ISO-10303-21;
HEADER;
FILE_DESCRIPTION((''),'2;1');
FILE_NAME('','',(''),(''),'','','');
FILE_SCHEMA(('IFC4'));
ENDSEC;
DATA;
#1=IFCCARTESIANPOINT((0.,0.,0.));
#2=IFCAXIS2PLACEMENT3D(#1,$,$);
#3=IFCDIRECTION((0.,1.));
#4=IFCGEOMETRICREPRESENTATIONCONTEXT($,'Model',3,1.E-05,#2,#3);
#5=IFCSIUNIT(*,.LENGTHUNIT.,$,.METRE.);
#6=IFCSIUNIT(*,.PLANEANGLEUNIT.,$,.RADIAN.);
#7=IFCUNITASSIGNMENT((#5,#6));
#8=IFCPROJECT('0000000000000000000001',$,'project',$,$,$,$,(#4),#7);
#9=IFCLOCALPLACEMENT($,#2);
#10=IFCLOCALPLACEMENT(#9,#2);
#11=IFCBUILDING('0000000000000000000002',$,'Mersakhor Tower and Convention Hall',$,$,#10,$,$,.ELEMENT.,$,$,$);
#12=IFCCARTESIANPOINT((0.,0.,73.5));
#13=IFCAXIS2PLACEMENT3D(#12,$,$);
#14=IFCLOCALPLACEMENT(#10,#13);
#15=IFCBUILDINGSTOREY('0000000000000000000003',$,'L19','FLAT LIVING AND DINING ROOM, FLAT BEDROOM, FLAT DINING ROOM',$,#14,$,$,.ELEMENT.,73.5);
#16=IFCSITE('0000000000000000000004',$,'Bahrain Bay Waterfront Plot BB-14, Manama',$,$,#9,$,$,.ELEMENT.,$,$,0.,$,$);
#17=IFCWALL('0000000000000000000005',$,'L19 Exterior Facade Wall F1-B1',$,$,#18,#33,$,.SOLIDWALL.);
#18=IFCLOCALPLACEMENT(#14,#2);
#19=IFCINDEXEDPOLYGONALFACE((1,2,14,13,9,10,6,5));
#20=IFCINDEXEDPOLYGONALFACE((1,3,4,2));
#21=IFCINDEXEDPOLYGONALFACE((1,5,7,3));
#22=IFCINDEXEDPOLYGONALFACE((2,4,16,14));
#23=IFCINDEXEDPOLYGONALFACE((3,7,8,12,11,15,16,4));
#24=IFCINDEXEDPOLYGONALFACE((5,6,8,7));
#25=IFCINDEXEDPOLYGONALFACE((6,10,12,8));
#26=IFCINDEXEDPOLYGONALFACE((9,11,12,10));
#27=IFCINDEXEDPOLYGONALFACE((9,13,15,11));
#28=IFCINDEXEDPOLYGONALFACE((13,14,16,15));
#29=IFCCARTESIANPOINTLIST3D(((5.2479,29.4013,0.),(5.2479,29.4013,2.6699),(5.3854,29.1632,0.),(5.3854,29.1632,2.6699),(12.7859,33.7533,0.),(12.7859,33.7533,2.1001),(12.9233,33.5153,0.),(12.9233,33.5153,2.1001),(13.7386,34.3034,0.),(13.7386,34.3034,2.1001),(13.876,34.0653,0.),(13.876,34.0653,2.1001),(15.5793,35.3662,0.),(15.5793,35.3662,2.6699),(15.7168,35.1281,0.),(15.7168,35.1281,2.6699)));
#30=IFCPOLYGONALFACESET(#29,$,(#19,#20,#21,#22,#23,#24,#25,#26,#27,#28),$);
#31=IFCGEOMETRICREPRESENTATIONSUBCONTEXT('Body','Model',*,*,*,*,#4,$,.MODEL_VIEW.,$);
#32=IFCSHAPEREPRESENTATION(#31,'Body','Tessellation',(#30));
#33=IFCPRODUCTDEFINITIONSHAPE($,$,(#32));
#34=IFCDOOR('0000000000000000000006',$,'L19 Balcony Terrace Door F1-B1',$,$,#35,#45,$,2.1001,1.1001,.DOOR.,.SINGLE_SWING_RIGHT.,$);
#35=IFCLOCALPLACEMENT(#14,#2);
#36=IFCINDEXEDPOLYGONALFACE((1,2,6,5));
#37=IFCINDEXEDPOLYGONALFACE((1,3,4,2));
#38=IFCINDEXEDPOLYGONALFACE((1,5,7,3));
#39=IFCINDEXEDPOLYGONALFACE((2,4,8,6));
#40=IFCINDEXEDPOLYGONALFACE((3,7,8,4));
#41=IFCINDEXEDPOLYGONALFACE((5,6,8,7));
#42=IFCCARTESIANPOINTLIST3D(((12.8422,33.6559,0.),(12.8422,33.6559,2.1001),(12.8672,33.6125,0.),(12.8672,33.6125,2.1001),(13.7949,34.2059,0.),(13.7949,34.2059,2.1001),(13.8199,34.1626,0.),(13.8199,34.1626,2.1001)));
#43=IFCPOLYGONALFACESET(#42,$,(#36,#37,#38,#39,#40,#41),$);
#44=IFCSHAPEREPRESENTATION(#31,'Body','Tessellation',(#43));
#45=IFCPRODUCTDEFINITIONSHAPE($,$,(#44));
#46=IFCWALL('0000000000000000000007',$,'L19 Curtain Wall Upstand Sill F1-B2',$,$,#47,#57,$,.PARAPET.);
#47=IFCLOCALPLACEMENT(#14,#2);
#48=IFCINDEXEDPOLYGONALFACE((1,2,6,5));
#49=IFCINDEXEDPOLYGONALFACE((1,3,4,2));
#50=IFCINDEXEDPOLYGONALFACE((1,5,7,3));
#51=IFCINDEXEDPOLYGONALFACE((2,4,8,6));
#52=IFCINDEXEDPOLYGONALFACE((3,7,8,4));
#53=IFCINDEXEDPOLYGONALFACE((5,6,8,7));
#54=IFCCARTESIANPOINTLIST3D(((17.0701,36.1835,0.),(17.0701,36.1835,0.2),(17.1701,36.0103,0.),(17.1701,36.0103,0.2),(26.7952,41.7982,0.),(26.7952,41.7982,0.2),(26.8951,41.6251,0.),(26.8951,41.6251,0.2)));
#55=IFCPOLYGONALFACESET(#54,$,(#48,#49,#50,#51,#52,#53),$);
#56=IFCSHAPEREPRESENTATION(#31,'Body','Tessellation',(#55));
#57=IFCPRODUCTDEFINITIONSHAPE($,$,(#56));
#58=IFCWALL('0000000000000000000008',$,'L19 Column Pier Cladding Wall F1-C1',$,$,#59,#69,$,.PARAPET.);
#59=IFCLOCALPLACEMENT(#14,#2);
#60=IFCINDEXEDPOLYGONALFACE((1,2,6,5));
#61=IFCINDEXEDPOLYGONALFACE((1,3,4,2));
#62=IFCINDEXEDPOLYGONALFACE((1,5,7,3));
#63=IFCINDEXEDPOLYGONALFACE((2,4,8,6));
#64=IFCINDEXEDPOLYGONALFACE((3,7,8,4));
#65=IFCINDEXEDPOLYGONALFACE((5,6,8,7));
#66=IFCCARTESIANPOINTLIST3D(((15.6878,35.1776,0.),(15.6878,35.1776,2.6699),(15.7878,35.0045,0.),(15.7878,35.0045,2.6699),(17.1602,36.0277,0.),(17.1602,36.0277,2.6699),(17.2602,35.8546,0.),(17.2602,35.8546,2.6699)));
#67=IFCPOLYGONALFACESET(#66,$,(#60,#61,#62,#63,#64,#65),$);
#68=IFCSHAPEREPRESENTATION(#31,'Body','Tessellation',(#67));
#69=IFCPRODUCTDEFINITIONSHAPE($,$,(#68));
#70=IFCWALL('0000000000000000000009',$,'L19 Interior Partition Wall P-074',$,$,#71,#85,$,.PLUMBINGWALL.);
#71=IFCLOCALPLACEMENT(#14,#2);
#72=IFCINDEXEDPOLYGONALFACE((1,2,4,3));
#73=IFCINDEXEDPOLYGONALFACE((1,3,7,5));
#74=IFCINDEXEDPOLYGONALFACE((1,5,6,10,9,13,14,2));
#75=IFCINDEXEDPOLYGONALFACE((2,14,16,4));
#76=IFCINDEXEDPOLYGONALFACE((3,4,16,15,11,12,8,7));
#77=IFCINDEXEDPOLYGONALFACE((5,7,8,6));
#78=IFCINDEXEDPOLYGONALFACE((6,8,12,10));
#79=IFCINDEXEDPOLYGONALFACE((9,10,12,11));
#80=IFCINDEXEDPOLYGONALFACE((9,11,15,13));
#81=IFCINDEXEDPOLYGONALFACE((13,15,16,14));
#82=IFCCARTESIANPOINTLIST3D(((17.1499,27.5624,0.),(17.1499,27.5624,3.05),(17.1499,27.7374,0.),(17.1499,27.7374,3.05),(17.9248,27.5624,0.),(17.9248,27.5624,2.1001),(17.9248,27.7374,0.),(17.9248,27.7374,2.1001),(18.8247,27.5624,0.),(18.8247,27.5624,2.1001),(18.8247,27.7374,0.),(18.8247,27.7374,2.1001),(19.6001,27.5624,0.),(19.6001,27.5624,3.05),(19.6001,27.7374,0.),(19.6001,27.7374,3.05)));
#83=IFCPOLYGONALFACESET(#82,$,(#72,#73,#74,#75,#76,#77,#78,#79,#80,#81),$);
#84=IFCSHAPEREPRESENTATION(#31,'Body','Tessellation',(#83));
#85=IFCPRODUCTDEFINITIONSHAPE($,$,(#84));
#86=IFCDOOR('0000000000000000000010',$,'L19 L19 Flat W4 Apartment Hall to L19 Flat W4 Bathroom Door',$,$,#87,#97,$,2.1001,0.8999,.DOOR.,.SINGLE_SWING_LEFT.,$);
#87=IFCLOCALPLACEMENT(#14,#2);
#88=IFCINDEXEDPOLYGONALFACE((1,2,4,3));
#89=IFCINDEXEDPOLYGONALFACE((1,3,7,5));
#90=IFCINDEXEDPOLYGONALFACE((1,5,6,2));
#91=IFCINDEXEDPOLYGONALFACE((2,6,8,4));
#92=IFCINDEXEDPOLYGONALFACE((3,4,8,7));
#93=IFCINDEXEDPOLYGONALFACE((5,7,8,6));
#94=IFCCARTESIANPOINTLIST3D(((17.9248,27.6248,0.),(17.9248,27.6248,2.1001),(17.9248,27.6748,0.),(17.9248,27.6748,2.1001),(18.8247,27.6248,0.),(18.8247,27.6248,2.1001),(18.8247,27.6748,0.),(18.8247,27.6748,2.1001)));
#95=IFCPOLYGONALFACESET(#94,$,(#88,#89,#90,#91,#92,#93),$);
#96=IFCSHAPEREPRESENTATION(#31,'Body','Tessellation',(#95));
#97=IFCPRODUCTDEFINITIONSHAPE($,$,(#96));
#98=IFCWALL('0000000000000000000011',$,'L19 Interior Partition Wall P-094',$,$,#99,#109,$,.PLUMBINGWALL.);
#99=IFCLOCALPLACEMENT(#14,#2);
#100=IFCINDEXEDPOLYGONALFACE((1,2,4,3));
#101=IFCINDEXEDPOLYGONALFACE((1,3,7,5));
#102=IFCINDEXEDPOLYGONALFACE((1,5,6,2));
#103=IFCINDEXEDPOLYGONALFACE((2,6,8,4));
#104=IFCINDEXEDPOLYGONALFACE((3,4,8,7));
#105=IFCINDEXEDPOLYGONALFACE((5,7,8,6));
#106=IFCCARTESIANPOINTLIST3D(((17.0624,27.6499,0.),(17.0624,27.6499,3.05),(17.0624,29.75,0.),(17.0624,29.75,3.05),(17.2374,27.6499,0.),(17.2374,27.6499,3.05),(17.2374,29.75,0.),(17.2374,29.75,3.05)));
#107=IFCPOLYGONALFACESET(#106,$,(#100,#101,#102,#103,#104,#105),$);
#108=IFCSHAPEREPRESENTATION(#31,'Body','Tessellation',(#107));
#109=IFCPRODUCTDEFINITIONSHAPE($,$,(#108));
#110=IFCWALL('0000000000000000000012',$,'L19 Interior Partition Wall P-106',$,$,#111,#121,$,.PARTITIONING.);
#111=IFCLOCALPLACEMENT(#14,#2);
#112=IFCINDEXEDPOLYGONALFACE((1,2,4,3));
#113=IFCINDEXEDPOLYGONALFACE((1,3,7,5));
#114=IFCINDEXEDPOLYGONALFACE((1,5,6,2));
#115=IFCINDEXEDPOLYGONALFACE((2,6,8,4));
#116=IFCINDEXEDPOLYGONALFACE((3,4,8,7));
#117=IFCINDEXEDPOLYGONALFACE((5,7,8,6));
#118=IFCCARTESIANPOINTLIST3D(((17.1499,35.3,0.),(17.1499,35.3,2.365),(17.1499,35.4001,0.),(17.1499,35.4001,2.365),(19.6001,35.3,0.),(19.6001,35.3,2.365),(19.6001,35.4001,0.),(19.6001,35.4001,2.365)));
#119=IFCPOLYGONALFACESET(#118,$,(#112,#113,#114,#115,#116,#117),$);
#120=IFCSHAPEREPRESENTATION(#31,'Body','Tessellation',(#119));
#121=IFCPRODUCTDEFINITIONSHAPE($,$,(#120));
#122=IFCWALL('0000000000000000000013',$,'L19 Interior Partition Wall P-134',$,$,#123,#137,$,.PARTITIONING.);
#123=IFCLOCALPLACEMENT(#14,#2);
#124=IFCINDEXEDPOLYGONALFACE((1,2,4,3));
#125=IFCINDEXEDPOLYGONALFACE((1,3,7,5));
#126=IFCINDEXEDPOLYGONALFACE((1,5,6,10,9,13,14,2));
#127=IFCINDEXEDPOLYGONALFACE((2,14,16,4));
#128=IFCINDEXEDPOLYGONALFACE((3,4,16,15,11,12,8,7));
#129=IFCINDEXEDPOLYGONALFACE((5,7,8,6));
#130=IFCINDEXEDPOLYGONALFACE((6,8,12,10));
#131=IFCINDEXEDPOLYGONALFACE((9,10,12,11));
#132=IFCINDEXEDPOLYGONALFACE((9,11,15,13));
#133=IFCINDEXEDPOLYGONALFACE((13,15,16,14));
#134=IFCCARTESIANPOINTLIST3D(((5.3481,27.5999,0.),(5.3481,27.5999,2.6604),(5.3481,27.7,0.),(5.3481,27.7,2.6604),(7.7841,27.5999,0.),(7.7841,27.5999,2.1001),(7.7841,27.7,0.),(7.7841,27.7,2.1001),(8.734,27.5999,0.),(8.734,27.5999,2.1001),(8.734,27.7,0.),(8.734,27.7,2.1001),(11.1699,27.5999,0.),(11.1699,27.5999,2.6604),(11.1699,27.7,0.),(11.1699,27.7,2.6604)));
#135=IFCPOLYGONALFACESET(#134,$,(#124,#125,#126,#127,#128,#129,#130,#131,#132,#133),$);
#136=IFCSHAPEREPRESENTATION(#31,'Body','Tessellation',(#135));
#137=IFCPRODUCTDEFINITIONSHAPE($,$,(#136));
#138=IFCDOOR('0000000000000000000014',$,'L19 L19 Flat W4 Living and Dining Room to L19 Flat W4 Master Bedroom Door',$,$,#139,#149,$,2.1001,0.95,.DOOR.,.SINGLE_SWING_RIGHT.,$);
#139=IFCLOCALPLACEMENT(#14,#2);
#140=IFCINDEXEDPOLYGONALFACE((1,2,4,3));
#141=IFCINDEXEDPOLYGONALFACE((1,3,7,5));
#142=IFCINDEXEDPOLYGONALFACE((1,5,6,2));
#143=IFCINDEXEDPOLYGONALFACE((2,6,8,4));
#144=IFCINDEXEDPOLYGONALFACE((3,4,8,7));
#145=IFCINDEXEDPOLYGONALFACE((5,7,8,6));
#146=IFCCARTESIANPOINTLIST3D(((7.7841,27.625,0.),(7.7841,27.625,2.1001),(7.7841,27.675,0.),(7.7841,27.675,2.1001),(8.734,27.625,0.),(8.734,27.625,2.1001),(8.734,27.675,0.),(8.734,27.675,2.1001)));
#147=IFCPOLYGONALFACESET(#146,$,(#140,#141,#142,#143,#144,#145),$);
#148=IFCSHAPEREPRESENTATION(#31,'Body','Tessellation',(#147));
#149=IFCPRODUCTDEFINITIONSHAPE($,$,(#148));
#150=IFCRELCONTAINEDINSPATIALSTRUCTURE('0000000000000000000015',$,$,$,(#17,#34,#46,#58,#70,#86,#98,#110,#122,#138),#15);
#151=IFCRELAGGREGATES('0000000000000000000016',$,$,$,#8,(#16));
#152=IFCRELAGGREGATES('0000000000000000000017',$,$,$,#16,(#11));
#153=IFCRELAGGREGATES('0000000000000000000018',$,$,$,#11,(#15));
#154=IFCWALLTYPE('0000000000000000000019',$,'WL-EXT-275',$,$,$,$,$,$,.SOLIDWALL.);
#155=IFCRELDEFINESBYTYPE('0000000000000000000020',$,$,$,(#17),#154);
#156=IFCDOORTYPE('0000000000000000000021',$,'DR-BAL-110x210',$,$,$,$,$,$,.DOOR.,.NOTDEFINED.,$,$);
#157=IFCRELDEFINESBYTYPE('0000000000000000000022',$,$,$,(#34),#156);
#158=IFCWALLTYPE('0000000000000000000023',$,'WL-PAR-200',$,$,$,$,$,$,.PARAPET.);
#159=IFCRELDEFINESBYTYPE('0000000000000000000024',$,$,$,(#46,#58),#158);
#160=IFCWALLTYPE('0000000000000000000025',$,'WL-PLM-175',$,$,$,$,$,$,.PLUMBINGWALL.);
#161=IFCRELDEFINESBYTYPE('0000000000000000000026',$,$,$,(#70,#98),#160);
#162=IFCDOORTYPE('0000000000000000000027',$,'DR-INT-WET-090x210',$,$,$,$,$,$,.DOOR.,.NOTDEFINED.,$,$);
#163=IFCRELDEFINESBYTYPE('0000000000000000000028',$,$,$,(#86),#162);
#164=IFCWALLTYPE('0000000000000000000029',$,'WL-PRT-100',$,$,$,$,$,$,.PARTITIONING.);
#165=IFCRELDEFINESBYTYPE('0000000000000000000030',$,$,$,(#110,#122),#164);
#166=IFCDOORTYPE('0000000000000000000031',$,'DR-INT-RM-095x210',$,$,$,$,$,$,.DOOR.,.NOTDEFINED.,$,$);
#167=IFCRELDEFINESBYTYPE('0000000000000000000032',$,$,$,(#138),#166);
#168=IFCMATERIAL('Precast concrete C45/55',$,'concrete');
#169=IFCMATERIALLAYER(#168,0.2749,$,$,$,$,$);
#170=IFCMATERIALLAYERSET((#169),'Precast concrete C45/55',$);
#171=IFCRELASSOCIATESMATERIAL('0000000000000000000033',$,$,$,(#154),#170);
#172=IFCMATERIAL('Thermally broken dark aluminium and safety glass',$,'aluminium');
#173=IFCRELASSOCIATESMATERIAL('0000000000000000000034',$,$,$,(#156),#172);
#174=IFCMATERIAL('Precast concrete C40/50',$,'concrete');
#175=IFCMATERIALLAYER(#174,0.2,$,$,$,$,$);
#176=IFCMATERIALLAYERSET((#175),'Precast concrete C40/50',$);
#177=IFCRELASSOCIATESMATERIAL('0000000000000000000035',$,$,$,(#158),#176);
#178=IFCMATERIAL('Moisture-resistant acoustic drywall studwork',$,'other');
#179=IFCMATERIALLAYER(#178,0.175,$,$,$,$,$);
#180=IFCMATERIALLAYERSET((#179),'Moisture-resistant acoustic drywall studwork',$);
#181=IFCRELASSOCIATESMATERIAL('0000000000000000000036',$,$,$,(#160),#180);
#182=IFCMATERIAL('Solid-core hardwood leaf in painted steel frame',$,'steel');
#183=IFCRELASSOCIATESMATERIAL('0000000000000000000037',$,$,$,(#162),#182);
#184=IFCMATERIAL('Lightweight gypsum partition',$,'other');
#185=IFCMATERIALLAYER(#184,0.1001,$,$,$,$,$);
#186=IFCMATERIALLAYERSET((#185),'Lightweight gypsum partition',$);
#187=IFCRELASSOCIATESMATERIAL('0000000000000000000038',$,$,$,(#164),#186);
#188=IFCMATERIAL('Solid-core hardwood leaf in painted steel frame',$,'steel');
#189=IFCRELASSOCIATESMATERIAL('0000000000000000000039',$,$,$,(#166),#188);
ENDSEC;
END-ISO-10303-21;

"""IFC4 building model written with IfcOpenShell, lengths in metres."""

from ifc_helpers import new_model, si_unit, direction, frame, frame_2d, origin, place, context, subcontext, project, spatial, rectangle, extrude, material, layer, layer_set, type_object, element, fill, save


model = new_model("IFC4")

# Units and contexts
model_context = context("Model", 3, precision=1e-05, world=origin(), true_north=direction((0.0, 1.0)))
body_context = subcontext(model_context, "Body", "Model", "MODEL_VIEW")
ifc_project = project(units=[si_unit("LENGTHUNIT", "METRE"), si_unit("PLANEANGLEUNIT", "RADIAN")], contexts=[model_context])

# Site, building, storey
site_placement = place(None, origin())
site = spatial("IfcSite", under=ifc_project, at=site_placement, Name="Bahrain Bay Waterfront Plot BB-14, Manama", CompositionType="ELEMENT", RefElevation=0.0)
building_placement = place(site_placement, origin())
building = spatial("IfcBuilding", under=site, at=building_placement, Name="Mersakhor Tower and Convention Hall", CompositionType="ELEMENT")
storey_placement = place(building_placement, frame((0.0, 0.0, 73.5)))
storey = spatial("IfcBuildingStorey", under=building, at=storey_placement, Name="L19", Description="FLAT LIVING AND DINING ROOM, FLAT BEDROOM, FLAT DINING ROOM", CompositionType="ELEMENT", Elevation=73.5)

# Wall, opening, door
ifc_material_1 = material(Name="Precast concrete C45/55", Category="concrete")
ifc_layer_1 = layer(ifc_material_1, 0.2749)
ifc_layer_set_1 = layer_set([ifc_layer_1], Name="Precast concrete C45/55")
wall_type_1 = type_object("IfcWallType", Name="WL-EXT-275", PredefinedType="SOLIDWALL", material=ifc_layer_set_1)
wall_1_placement = place(storey_placement, frame((5.3167, 29.2822, 0.0), z_axis=(0.0, 0.0, 1.0), x_axis=(0.866023, 0.500004, 0.0)))
wall_1 = element("IfcWall", 1, at=wall_1_placement, inside=storey, type_object=wall_type_1, Name="L19 Exterior Facade Wall F1-B1", PredefinedType="SOLIDWALL", context=body_context, shape_type="SweptSolid", body=[
    extrude(rectangle(XDim=11.9297, YDim=0.2749, at=frame_2d((5.9648, 0.0))), origin(), (0.0, 0.0, 1.0), 2.6699),
])
opening_1_placement = place(wall_1_placement, frame((8.7041, 0.0, 0.0)))
opening_1 = element("IfcOpeningElement", 2, at=opening_1_placement, cuts=wall_1, PredefinedType="OPENING", context=body_context, shape_type="SweptSolid", body=[
    extrude(rectangle(XDim=1.1001, YDim=2.1001, at=frame_2d((0.55, 1.05))), frame((0.0, 0.1475, 0.0), z_axis=(0.0, -1.0, 0.0), x_axis=(1.0, 0.0, 0.0)), (0.0, 0.0, 1.0), 0.2949),
])
ifc_material_2 = material(Name="Thermally broken dark aluminium and safety glass", Category="aluminium")
door_type_1 = type_object("IfcDoorType", Name="DR-BAL-110x210", OperationType="NOTDEFINED", PredefinedType="DOOR", material=ifc_material_2)
door_1_placement = place(opening_1_placement, origin())
door_1 = element("IfcDoor", 3, at=door_1_placement, inside=storey, type_object=door_type_1, Name="L19 Balcony Terrace Door F1-B1", OperationType="SINGLE_SWING_RIGHT", OverallHeight=2.1001, OverallWidth=1.1001, PredefinedType="DOOR", context=body_context, shape_type="SweptSolid", body=[
    extrude(rectangle(XDim=1.1001, YDim=2.1001, at=frame_2d((0.55, 1.05))), frame((0.0, 0.0249, 0.0), z_axis=(0.0, -1.0, 0.0), x_axis=(1.0, 0.0, 0.0)), (0.0, 0.0, 1.0), 0.05),
])
fill(opening_1, door_1)

# Walls
ifc_material_3 = material(Name="Precast concrete C40/50", Category="concrete")
ifc_layer_2 = layer(ifc_material_3, 0.2)
ifc_layer_set_2 = layer_set([ifc_layer_2], Name="Precast concrete C40/50")
wall_type_2 = type_object("IfcWallType", Name="WL-PAR-200", PredefinedType="PARAPET", material=ifc_layer_set_2)
wall_2_placement = place(storey_placement, frame((17.1201, 36.0969, 0.0), z_axis=(0.0, 0.0, 1.0), x_axis=(0.866027, 0.499997, 0.0)))
element("IfcWall", 4, at=wall_2_placement, inside=storey, type_object=wall_type_2, Name="L19 Curtain Wall Upstand Sill F1-B2", PredefinedType="PARAPET", context=body_context, shape_type="SweptSolid", body=[
    extrude(rectangle(XDim=11.2295, YDim=0.2, at=frame_2d((5.6147, 0.0))), origin(), (0.0, 0.0, 1.0), 0.2),
])
wall_3_placement = place(storey_placement, frame((15.7378, 35.0911, 0.0), z_axis=(0.0, 0.0, 1.0), x_axis=(0.866025, 0.5, 0.0)))
element("IfcWall", 5, at=wall_3_placement, inside=storey, type_object=wall_type_2, Name="L19 Column Pier Cladding Wall F1-C1", PredefinedType="PARAPET", context=body_context, shape_type="SweptSolid", body=[
    extrude(rectangle(XDim=1.7002, YDim=0.2, at=frame_2d((0.8501, 0.0))), origin(), (0.0, 0.0, 1.0), 2.6699),
])

# Wall, opening, door
ifc_material_4 = material(Name="Moisture-resistant acoustic drywall studwork", Category="other")
ifc_layer_3 = layer(ifc_material_4, 0.175)
ifc_layer_set_3 = layer_set([ifc_layer_3], Name="Moisture-resistant acoustic drywall studwork")
wall_type_3 = type_object("IfcWallType", Name="WL-PLM-175", PredefinedType="PLUMBINGWALL", material=ifc_layer_set_3)
wall_4_placement = place(storey_placement, frame((17.1499, 27.6499, 0.0), z_axis=(0.0, 0.0, 1.0), x_axis=(1.0, 0.0, 0.0)))
wall_4 = element("IfcWall", 6, at=wall_4_placement, inside=storey, type_object=wall_type_3, Name="L19 Interior Partition Wall P-074", PredefinedType="PLUMBINGWALL", context=body_context, shape_type="SweptSolid", body=[
    extrude(rectangle(XDim=2.4502, YDim=0.175, at=frame_2d((1.2251, 0.0))), origin(), (0.0, 0.0, 1.0), 3.05),
])
opening_2_placement = place(wall_4_placement, frame((0.7749, 0.0, 0.0)))
opening_2 = element("IfcOpeningElement", 7, at=opening_2_placement, cuts=wall_4, PredefinedType="OPENING", context=body_context, shape_type="SweptSolid", body=[
    extrude(rectangle(XDim=0.8999, YDim=2.1001, at=frame_2d((0.45, 1.05))), frame((0.0, 0.0974, 0.0), z_axis=(0.0, -1.0, 0.0), x_axis=(1.0, 0.0, 0.0)), (0.0, 0.0, 1.0), 0.1951),
])
ifc_material_5 = material(Name="Solid-core hardwood leaf in painted steel frame", Category="steel")
door_type_2 = type_object("IfcDoorType", Name="DR-INT-WET-090x210", OperationType="NOTDEFINED", PredefinedType="DOOR", material=ifc_material_5)
door_2_placement = place(opening_2_placement, origin())
door_2 = element("IfcDoor", 8, at=door_2_placement, inside=storey, type_object=door_type_2, Name="L19 L19 Flat W4 Apartment Hall to L19 Flat W4 Bathroom Door", OperationType="SINGLE_SWING_LEFT", OverallHeight=2.1001, OverallWidth=0.8999, PredefinedType="DOOR", context=body_context, shape_type="SweptSolid", body=[
    extrude(rectangle(XDim=0.8999, YDim=2.1001, at=frame_2d((0.45, 1.05))), frame((0.0, 0.0249, 0.0), z_axis=(0.0, -1.0, 0.0), x_axis=(1.0, 0.0, 0.0)), (0.0, 0.0, 1.0), 0.05),
])
fill(opening_2, door_2)

# Walls
wall_5_placement = place(storey_placement, frame((17.1499, 27.6499, 0.0), z_axis=(0.0, 0.0, 1.0), x_axis=(0.0, 1.0, 0.0)))
element("IfcWall", 9, at=wall_5_placement, inside=storey, type_object=wall_type_3, Name="L19 Interior Partition Wall P-094", PredefinedType="PLUMBINGWALL", context=body_context, shape_type="SweptSolid", body=[
    extrude(rectangle(XDim=2.1001, YDim=0.175, at=frame_2d((1.05, 0.0))), origin(), (0.0, 0.0, 1.0), 3.05),
])
ifc_material_6 = material(Name="Lightweight gypsum partition", Category="other")
ifc_layer_4 = layer(ifc_material_6, 0.1001)
ifc_layer_set_4 = layer_set([ifc_layer_4], Name="Lightweight gypsum partition")
wall_type_4 = type_object("IfcWallType", Name="WL-PRT-100", PredefinedType="PARTITIONING", material=ifc_layer_set_4)
wall_6_placement = place(storey_placement, frame((17.1499, 35.3501, 0.0), z_axis=(0.0, 0.0, 1.0), x_axis=(1.0, 0.0, 0.0)))
element("IfcWall", 10, at=wall_6_placement, inside=storey, type_object=wall_type_4, Name="L19 Interior Partition Wall P-106", PredefinedType="PARTITIONING", context=body_context, shape_type="SweptSolid", body=[
    extrude(rectangle(XDim=2.4502, YDim=0.1001, at=frame_2d((1.2251, 0.0))), origin(), (0.0, 0.0, 1.0), 2.365),
])

# Wall, opening, door
wall_7_placement = place(storey_placement, frame((11.1699, 27.6499, 0.0), z_axis=(0.0, 0.0, 1.0), x_axis=(-1.0, 0.0, 0.0)))
wall_7 = element("IfcWall", 11, at=wall_7_placement, inside=storey, type_object=wall_type_4, Name="L19 Interior Partition Wall P-134", PredefinedType="PARTITIONING", context=body_context, shape_type="SweptSolid", body=[
    extrude(rectangle(XDim=5.8218, YDim=0.1001, at=frame_2d((2.9109, 0.0))), origin(), (0.0, 0.0, 1.0), 2.6604),
])
opening_3_placement = place(wall_7_placement, frame((2.4358, 0.0, 0.0)))
opening_3 = element("IfcOpeningElement", 12, at=opening_3_placement, cuts=wall_7, PredefinedType="OPENING", context=body_context, shape_type="SweptSolid", body=[
    extrude(rectangle(XDim=0.95, YDim=2.1001, at=frame_2d((0.4751, 1.05))), frame((0.0, 0.0601, 0.0), z_axis=(0.0, -1.0, 0.0), x_axis=(1.0, 0.0, 0.0)), (0.0, 0.0, 1.0), 0.1201),
])
ifc_material_7 = material(Name="Solid-core hardwood leaf in painted steel frame", Category="steel")
door_type_3 = type_object("IfcDoorType", Name="DR-INT-RM-095x210", OperationType="NOTDEFINED", PredefinedType="DOOR", material=ifc_material_7)
door_3_placement = place(opening_3_placement, origin())
door_3 = element("IfcDoor", 13, at=door_3_placement, inside=storey, type_object=door_type_3, Name="L19 L19 Flat W4 Living and Dining Room to L19 Flat W4 Master Bedroom Door", OperationType="SINGLE_SWING_RIGHT", OverallHeight=2.1001, OverallWidth=0.95, PredefinedType="DOOR", context=body_context, shape_type="SweptSolid", body=[
    extrude(rectangle(XDim=0.95, YDim=2.1001, at=frame_2d((0.4751, 1.05))), frame((0.0, 0.0249, 0.0), z_axis=(0.0, -1.0, 0.0), x_axis=(1.0, 0.0, 0.0)), (0.0, 0.0, 1.0), 0.05),
])
fill(opening_3, door_3)

save(model, "model.ifc")
